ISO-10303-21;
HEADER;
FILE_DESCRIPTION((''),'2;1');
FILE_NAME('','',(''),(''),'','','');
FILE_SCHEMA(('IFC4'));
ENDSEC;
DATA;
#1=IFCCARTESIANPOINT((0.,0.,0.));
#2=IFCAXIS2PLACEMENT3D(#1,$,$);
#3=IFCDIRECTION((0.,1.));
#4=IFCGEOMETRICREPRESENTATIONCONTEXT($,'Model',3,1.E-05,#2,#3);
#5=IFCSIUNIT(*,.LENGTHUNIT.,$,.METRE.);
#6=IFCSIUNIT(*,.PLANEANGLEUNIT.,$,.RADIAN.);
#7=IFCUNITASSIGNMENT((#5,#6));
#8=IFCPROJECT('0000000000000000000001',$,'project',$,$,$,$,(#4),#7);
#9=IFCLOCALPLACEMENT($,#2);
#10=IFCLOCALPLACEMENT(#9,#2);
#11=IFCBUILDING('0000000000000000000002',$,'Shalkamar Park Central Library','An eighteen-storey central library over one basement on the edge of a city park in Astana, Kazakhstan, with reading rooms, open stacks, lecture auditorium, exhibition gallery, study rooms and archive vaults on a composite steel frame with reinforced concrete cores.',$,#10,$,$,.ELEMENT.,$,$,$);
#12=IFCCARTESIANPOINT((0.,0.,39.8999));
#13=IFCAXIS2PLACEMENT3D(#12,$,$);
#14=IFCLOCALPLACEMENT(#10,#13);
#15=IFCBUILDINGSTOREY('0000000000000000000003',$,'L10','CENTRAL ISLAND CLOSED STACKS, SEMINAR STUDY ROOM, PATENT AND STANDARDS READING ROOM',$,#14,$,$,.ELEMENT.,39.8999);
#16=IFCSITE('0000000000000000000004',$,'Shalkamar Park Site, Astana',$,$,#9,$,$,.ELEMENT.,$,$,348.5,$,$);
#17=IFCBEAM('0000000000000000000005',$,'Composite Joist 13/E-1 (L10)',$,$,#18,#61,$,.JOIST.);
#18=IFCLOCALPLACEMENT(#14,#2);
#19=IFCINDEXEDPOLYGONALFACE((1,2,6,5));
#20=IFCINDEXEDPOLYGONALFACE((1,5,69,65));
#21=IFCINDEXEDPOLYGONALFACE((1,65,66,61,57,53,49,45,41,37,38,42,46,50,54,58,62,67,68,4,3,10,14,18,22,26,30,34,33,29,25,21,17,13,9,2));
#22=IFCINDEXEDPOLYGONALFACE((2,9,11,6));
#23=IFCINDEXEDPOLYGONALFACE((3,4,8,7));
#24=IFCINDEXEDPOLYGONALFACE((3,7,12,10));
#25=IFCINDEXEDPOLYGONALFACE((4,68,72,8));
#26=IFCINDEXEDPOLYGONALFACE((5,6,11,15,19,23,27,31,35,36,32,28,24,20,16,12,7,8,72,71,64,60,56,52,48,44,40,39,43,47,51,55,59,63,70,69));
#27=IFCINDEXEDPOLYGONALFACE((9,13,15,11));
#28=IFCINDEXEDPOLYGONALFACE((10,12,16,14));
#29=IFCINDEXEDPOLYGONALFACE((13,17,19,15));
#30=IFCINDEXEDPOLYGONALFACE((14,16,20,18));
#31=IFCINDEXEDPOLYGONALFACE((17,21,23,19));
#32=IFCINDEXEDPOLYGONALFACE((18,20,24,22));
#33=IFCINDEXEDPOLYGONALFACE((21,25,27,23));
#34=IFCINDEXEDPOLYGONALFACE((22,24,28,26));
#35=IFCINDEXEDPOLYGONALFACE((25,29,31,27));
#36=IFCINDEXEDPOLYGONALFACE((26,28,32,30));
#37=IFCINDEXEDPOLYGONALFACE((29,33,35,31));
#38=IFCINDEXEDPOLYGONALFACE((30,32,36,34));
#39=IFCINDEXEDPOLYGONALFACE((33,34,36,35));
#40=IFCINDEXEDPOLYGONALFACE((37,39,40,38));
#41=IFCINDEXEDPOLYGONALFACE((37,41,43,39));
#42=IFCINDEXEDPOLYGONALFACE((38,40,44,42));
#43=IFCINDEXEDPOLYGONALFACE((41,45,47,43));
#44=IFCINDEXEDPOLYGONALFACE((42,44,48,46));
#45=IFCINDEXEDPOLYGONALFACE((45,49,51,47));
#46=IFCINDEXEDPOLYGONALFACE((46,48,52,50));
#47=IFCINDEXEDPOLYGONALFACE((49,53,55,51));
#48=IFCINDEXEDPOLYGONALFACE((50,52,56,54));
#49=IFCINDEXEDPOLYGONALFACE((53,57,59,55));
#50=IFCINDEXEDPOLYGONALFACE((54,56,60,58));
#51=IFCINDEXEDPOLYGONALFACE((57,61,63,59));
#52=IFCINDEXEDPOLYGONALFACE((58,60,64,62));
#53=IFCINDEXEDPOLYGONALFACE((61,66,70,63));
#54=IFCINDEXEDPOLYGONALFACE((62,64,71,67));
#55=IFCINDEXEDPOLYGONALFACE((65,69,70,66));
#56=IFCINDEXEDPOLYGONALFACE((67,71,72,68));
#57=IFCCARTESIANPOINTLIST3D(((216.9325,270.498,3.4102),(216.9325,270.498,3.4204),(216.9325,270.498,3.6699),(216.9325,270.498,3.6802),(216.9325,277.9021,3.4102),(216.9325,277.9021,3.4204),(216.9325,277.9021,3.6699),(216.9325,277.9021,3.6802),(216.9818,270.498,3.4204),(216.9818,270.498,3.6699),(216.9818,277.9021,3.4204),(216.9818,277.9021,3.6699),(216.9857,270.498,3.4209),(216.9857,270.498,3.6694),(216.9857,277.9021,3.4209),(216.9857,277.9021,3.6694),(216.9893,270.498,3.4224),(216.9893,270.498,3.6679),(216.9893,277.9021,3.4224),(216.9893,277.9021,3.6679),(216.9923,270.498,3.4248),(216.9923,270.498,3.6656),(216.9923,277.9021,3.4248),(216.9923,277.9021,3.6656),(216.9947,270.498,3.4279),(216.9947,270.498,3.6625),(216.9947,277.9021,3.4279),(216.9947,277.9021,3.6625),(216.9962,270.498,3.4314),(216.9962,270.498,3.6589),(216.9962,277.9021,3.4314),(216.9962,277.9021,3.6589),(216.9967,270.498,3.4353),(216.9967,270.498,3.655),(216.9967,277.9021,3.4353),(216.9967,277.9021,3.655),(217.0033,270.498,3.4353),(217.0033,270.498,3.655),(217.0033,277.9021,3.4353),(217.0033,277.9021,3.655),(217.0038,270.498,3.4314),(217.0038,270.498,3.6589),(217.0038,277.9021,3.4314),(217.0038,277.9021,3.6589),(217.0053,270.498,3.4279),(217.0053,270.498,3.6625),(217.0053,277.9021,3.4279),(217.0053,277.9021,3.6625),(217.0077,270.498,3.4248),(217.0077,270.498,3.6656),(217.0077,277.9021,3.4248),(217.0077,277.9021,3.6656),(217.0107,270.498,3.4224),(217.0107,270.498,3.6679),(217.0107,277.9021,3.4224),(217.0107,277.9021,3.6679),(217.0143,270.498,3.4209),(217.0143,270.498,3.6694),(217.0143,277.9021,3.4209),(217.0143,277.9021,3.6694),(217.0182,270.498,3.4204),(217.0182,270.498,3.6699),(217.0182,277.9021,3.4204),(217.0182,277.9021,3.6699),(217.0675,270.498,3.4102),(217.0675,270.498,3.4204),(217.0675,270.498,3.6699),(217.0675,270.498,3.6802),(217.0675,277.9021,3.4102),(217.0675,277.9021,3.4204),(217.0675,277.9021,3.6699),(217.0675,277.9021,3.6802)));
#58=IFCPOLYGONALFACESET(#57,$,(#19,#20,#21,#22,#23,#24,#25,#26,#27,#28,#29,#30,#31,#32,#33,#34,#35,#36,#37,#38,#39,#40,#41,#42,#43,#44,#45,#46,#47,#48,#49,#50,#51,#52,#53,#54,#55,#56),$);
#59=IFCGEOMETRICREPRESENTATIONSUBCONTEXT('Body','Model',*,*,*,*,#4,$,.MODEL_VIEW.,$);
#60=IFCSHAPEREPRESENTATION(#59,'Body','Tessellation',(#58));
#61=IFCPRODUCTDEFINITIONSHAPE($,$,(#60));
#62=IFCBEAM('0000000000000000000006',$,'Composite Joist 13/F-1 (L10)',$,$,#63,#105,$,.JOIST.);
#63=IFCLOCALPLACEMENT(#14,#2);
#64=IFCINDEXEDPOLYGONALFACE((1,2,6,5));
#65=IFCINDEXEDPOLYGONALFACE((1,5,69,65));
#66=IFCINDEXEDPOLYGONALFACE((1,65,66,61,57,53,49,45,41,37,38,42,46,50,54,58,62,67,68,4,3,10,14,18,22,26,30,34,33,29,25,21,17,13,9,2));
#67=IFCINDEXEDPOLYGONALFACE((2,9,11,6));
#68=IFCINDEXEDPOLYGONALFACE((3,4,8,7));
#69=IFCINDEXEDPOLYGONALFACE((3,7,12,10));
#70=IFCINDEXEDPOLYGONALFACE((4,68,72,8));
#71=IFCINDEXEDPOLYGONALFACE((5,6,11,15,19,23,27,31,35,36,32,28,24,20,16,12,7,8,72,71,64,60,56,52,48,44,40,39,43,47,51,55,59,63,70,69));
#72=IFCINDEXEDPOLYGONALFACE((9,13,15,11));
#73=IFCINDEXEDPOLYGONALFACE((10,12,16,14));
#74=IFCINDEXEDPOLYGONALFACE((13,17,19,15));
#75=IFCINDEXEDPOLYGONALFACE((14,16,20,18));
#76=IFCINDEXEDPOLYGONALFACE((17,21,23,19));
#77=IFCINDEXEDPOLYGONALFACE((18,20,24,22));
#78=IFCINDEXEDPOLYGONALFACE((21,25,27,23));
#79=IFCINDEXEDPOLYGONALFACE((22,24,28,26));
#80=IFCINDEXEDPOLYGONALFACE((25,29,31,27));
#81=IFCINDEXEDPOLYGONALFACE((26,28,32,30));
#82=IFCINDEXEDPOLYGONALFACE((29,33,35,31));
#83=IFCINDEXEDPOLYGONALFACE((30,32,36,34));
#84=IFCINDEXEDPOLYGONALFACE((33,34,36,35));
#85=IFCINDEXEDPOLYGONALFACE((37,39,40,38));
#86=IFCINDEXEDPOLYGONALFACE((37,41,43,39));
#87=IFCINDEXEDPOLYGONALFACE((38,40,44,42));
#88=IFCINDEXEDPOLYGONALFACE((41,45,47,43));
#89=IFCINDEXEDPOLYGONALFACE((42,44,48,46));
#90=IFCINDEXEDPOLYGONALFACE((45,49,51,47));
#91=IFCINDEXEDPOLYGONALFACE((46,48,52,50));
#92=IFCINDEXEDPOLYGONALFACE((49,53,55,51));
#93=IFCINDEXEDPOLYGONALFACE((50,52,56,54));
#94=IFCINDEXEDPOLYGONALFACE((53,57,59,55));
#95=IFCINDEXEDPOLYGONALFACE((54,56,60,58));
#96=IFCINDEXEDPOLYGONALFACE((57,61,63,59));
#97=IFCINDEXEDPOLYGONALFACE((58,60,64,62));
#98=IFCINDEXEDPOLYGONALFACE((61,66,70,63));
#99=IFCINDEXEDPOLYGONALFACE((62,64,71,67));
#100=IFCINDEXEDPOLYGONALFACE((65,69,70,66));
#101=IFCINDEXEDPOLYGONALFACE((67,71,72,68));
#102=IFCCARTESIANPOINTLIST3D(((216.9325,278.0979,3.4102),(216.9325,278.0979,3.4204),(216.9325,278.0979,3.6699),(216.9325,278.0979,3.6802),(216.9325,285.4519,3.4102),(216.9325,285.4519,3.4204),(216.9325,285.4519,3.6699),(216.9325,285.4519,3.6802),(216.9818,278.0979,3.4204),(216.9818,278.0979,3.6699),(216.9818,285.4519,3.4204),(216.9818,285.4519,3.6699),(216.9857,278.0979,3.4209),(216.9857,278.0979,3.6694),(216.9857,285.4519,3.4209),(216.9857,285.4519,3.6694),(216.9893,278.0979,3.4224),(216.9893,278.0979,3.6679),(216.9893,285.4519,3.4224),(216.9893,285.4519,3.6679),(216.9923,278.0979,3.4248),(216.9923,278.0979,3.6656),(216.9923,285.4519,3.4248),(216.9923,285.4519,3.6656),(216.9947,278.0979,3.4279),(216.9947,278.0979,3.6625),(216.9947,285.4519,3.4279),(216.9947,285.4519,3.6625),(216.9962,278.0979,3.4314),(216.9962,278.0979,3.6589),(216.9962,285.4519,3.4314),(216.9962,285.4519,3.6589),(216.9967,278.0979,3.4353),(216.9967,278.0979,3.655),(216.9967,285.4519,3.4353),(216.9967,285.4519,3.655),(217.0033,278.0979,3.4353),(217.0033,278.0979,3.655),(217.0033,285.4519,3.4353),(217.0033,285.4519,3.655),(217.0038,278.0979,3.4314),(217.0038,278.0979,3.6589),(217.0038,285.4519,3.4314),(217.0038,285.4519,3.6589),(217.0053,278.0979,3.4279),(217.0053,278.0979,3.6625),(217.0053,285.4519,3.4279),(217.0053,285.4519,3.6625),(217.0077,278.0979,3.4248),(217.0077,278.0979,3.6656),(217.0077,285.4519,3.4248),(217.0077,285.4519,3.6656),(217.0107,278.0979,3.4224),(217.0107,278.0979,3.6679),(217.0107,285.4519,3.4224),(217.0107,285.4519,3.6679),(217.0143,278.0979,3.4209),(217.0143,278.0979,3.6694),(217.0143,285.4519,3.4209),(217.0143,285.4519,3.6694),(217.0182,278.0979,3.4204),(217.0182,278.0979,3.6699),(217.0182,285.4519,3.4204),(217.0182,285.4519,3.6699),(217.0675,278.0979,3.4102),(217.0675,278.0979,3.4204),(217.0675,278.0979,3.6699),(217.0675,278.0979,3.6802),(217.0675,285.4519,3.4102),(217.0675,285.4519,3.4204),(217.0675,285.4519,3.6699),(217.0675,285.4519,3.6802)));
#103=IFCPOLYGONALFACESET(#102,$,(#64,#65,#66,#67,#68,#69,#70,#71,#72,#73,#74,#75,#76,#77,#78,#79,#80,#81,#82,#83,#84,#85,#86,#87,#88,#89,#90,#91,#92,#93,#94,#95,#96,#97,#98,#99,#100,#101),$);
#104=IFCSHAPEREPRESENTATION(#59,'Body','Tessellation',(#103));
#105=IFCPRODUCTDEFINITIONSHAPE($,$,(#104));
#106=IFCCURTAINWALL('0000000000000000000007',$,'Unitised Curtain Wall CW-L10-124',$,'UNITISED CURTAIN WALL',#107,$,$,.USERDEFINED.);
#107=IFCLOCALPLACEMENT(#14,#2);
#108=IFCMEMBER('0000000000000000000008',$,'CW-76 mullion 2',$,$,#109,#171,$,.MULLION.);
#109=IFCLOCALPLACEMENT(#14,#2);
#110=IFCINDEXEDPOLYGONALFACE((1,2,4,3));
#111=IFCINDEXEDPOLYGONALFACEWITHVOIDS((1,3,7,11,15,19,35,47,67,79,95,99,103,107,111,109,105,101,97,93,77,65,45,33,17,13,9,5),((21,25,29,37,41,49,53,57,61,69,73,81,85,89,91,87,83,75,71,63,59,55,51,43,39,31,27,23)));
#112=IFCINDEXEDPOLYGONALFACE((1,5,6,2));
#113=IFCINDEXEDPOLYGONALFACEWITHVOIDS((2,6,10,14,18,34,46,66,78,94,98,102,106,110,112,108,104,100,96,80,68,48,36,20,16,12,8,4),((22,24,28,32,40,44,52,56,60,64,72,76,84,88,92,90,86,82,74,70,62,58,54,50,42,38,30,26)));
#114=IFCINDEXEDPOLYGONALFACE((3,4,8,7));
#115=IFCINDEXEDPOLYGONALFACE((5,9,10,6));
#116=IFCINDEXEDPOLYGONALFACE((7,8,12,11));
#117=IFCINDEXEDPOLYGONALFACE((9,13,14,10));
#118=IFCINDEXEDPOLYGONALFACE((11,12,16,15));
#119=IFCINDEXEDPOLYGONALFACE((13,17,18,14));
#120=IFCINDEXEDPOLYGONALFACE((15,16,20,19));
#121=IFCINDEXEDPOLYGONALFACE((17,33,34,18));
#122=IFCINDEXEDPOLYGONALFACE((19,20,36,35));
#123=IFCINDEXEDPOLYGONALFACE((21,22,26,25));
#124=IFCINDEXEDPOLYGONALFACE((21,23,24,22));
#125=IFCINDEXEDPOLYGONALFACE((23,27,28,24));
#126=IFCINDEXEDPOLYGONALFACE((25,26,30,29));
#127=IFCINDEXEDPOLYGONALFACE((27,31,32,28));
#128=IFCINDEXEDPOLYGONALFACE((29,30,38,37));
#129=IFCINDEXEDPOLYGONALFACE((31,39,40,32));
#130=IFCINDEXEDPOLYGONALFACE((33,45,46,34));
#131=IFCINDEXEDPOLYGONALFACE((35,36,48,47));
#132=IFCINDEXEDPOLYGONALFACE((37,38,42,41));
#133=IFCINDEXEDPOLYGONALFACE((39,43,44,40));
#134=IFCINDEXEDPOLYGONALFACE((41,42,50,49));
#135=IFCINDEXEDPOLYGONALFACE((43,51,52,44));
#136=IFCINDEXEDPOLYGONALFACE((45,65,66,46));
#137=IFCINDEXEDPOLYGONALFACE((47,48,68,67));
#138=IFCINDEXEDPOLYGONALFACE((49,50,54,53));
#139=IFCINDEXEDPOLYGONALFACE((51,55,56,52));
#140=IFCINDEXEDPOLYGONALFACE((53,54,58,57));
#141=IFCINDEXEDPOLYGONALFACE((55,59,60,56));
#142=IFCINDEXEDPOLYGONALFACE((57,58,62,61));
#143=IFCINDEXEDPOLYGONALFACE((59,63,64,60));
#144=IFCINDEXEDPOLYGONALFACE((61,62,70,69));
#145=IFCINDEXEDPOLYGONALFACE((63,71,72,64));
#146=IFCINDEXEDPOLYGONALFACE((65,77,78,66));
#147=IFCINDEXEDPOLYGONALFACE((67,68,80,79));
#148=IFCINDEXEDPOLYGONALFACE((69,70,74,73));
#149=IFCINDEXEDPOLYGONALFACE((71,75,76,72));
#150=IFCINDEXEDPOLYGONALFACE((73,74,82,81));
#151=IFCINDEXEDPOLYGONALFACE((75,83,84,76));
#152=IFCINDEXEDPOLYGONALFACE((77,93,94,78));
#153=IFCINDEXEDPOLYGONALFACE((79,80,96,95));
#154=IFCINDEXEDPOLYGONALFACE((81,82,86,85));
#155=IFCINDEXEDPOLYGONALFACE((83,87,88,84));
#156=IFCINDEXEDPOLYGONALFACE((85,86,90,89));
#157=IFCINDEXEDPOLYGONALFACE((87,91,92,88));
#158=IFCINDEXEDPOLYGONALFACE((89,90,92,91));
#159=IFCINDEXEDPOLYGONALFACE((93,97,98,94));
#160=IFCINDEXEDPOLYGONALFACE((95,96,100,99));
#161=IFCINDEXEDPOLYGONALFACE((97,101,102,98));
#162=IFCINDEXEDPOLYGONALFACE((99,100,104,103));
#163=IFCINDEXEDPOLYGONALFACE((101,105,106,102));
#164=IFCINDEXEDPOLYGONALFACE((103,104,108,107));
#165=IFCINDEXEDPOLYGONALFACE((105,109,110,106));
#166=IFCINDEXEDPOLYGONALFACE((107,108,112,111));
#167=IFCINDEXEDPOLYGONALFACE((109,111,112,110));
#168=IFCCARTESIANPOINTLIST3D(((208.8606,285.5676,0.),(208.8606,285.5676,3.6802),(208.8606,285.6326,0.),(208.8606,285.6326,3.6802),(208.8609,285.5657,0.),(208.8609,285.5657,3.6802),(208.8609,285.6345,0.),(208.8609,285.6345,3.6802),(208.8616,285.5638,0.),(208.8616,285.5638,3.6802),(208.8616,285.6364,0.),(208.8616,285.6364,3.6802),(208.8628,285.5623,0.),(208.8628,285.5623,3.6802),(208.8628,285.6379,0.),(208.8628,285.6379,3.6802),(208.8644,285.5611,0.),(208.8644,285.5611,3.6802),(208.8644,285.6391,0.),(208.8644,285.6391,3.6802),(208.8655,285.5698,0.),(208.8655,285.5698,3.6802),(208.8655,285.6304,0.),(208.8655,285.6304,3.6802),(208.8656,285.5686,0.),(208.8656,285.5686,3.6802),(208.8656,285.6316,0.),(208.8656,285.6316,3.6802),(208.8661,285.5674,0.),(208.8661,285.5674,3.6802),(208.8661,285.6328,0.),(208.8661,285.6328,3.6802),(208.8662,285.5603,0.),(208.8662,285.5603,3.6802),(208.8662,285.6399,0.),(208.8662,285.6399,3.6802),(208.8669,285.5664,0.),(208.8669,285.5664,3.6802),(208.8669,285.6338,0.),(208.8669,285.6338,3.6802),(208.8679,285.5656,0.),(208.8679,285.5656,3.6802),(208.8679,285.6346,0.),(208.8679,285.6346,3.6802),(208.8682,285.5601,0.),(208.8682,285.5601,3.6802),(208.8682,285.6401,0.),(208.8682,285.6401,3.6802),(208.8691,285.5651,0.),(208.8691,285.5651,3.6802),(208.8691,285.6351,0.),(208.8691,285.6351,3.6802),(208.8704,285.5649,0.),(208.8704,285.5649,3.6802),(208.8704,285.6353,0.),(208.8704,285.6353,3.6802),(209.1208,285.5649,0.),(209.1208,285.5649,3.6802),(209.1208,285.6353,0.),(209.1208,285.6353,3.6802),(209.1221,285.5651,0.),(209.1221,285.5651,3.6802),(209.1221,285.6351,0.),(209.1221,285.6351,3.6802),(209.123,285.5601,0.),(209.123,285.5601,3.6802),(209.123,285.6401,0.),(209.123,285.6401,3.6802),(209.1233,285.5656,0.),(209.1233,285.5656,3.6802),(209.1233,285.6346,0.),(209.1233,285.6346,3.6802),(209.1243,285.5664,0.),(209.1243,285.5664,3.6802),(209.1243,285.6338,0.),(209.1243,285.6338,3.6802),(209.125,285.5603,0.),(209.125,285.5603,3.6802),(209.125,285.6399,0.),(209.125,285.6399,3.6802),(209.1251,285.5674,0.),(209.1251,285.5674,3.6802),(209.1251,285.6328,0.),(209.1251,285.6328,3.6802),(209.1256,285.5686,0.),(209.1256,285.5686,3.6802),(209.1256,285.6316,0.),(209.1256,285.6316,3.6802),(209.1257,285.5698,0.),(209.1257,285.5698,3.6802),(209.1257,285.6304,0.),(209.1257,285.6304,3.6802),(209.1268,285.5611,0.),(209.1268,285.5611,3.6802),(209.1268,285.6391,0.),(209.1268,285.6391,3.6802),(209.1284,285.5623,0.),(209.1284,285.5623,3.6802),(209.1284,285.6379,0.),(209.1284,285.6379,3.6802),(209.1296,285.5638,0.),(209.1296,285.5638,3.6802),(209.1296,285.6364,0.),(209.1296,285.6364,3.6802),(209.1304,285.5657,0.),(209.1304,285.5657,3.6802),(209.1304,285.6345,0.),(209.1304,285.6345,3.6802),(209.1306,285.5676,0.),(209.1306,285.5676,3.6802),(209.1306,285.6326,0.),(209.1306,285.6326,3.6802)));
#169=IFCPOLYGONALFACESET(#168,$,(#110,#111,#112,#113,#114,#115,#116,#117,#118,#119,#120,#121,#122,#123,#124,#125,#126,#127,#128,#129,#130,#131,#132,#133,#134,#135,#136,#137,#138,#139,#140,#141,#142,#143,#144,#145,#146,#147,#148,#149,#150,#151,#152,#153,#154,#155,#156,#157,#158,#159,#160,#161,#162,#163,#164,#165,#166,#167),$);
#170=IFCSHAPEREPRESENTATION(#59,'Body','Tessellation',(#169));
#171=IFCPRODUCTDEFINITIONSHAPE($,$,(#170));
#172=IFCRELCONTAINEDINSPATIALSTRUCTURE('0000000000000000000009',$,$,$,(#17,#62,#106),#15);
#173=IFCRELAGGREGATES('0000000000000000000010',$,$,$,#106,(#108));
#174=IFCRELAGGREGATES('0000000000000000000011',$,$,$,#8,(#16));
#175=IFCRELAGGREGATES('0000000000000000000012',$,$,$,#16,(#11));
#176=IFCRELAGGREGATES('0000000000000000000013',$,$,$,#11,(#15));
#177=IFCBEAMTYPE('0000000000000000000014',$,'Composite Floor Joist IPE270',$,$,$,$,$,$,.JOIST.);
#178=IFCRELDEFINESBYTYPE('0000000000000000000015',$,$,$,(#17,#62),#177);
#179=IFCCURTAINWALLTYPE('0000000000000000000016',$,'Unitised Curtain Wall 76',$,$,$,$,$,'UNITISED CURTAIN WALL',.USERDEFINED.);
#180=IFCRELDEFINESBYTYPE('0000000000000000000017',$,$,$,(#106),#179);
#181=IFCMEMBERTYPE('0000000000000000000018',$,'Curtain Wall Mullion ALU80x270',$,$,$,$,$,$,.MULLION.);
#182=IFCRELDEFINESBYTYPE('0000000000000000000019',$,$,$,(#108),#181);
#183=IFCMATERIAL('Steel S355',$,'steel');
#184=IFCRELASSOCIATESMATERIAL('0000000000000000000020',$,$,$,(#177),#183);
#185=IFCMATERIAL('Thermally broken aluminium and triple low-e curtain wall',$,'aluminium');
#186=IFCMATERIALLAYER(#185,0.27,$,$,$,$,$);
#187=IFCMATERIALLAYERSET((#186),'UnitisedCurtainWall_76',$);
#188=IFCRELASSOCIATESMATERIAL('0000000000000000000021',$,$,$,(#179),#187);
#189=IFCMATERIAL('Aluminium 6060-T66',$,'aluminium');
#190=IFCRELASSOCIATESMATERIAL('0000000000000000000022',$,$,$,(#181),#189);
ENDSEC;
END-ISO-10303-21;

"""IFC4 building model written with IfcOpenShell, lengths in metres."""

from ifc_helpers import new_model, si_unit, direction, frame, origin, origin_2d, place, context, subcontext, project, spatial, hollow_rectangle, i_section, extrude, material, layer, layer_set, material_profile, profile_set, type_object, element, aggregate, save


model = new_model("IFC4")

# Units and contexts
model_context = context("Model", 3, precision=1e-05, world=origin(), true_north=direction((0.0, 1.0)))
body_context = subcontext(model_context, "Body", "Model", "MODEL_VIEW")
ifc_project = project(units=[si_unit("LENGTHUNIT", "METRE"), si_unit("PLANEANGLEUNIT", "RADIAN")], contexts=[model_context])

# Site, building, storey
site_placement = place(None, origin())
site = spatial("IfcSite", under=ifc_project, at=site_placement, Name="Shalkamar Park Site, Astana", CompositionType="ELEMENT", RefElevation=348.5)
building_placement = place(site_placement, origin())
building = spatial("IfcBuilding", under=site, at=building_placement, Name="Shalkamar Park Central Library", Description="An eighteen-storey central library over one basement on the edge of a city park in Astana, Kazakhstan, with reading rooms, open stacks, lecture auditorium, exhibition gallery, study rooms and archive vaults on a composite steel frame with reinforced concrete cores.", CompositionType="ELEMENT")
storey_placement = place(building_placement, frame((0.0, 0.0, 39.8999)))
storey = spatial("IfcBuildingStorey", under=building, at=storey_placement, Name="L10", Description="CENTRAL ISLAND CLOSED STACKS, SEMINAR STUDY ROOM, PATENT AND STANDARDS READING ROOM", CompositionType="ELEMENT", Elevation=39.8999)

# Shared definitions
ifc_material_1 = material(Name="Steel S355", Category="steel")

# Beams
ifc_material_profile_1 = material_profile(ifc_material_1, i_section(OverallWidth=0.135, OverallDepth=0.27, WebThickness=0.0066, FlangeThickness=0.0103, FilletRadius=0.0149, at=origin_2d()), Name="IPE 270")
ifc_profile_set_1 = profile_set([ifc_material_profile_1], Name="Steel S355")
beam_type_1 = type_object("IfcBeamType", Name="Composite Floor Joist IPE270", PredefinedType="JOIST", material=ifc_profile_set_1)
beam_1_placement = place(storey_placement, frame((217.0, 270.498, 3.5452), z_axis=(0.0, 1.0, 0.0), x_axis=(-1.0, 0.0, 0.0)))
element("IfcBeam", 1, at=beam_1_placement, inside=storey, type_object=beam_type_1, Name="Composite Joist 13/E-1 (L10)", PredefinedType="JOIST", context=body_context, shape_type="SweptSolid", body=[
    extrude(i_section(OverallWidth=0.135, OverallDepth=0.27, WebThickness=0.0066, FlangeThickness=0.0103, FilletRadius=0.0149, at=origin_2d()), origin(), (0.0, 0.0, 1.0), 7.4041),
])
beam_2_placement = place(storey_placement, frame((217.0, 278.0979, 3.5452), z_axis=(0.0, 1.0, 0.0), x_axis=(-1.0, 0.0, 0.0)))
element("IfcBeam", 2, at=beam_2_placement, inside=storey, type_object=beam_type_1, Name="Composite Joist 13/F-1 (L10)", PredefinedType="JOIST", context=body_context, shape_type="SweptSolid", body=[
    extrude(i_section(OverallWidth=0.135, OverallDepth=0.27, WebThickness=0.0066, FlangeThickness=0.0103, FilletRadius=0.0149, at=origin_2d()), origin(), (0.0, 0.0, 1.0), 7.354),
])

# Curtain wall, member
ifc_material_2 = material(Name="Thermally broken aluminium and triple low-e curtain wall", Category="aluminium")
ifc_layer_1 = layer(ifc_material_2, 0.27)
ifc_layer_set_1 = layer_set([ifc_layer_1], Name="UnitisedCurtainWall_76")
curtain_wall_type = type_object("IfcCurtainWallType", Name="Unitised Curtain Wall 76", ElementType="UNITISED CURTAIN WALL", PredefinedType="USERDEFINED", material=ifc_layer_set_1)
curtain_wall_placement = place(storey_placement, origin())
curtain_wall = element("IfcCurtainWall", 3, at=curtain_wall_placement, inside=storey, type_object=curtain_wall_type, Name="Unitised Curtain Wall CW-L10-124", ObjectType="UNITISED CURTAIN WALL", PredefinedType="USERDEFINED")
ifc_material_3 = material(Name="Aluminium 6060-T66", Category="aluminium")
ifc_material_profile_2 = material_profile(ifc_material_3, hollow_rectangle(XDim=0.0801, YDim=0.27, WallThickness=0.0049, InnerFilletRadius=0.0049, OuterFilletRadius=0.0076, at=origin_2d()), Name="ALU 80x270x5")
ifc_profile_set_2 = profile_set([ifc_material_profile_2], Name="Aluminium 6060-T66")
member_type_1 = type_object("IfcMemberType", Name="Curtain Wall Mullion ALU80x270", PredefinedType="MULLION", material=ifc_profile_set_2)
member_1_placement = place(storey_placement, frame((208.9956, 285.6001, 0.0), z_axis=(0.0, 0.0, 1.0), x_axis=(0.0, 1.0, 0.0)))
member_1 = element("IfcMember", 4, at=member_1_placement, type_object=member_type_1, Name="CW-76 mullion 2", PredefinedType="MULLION", context=body_context, shape_type="SweptSolid", body=[
    extrude(hollow_rectangle(XDim=0.0801, YDim=0.27, WallThickness=0.0049, InnerFilletRadius=0.0049, OuterFilletRadius=0.0076, at=origin_2d()), origin(), (0.0, 0.0, 1.0), 3.6802),
])

aggregate(curtain_wall, [member_1])

save(model, "model.ifc")
